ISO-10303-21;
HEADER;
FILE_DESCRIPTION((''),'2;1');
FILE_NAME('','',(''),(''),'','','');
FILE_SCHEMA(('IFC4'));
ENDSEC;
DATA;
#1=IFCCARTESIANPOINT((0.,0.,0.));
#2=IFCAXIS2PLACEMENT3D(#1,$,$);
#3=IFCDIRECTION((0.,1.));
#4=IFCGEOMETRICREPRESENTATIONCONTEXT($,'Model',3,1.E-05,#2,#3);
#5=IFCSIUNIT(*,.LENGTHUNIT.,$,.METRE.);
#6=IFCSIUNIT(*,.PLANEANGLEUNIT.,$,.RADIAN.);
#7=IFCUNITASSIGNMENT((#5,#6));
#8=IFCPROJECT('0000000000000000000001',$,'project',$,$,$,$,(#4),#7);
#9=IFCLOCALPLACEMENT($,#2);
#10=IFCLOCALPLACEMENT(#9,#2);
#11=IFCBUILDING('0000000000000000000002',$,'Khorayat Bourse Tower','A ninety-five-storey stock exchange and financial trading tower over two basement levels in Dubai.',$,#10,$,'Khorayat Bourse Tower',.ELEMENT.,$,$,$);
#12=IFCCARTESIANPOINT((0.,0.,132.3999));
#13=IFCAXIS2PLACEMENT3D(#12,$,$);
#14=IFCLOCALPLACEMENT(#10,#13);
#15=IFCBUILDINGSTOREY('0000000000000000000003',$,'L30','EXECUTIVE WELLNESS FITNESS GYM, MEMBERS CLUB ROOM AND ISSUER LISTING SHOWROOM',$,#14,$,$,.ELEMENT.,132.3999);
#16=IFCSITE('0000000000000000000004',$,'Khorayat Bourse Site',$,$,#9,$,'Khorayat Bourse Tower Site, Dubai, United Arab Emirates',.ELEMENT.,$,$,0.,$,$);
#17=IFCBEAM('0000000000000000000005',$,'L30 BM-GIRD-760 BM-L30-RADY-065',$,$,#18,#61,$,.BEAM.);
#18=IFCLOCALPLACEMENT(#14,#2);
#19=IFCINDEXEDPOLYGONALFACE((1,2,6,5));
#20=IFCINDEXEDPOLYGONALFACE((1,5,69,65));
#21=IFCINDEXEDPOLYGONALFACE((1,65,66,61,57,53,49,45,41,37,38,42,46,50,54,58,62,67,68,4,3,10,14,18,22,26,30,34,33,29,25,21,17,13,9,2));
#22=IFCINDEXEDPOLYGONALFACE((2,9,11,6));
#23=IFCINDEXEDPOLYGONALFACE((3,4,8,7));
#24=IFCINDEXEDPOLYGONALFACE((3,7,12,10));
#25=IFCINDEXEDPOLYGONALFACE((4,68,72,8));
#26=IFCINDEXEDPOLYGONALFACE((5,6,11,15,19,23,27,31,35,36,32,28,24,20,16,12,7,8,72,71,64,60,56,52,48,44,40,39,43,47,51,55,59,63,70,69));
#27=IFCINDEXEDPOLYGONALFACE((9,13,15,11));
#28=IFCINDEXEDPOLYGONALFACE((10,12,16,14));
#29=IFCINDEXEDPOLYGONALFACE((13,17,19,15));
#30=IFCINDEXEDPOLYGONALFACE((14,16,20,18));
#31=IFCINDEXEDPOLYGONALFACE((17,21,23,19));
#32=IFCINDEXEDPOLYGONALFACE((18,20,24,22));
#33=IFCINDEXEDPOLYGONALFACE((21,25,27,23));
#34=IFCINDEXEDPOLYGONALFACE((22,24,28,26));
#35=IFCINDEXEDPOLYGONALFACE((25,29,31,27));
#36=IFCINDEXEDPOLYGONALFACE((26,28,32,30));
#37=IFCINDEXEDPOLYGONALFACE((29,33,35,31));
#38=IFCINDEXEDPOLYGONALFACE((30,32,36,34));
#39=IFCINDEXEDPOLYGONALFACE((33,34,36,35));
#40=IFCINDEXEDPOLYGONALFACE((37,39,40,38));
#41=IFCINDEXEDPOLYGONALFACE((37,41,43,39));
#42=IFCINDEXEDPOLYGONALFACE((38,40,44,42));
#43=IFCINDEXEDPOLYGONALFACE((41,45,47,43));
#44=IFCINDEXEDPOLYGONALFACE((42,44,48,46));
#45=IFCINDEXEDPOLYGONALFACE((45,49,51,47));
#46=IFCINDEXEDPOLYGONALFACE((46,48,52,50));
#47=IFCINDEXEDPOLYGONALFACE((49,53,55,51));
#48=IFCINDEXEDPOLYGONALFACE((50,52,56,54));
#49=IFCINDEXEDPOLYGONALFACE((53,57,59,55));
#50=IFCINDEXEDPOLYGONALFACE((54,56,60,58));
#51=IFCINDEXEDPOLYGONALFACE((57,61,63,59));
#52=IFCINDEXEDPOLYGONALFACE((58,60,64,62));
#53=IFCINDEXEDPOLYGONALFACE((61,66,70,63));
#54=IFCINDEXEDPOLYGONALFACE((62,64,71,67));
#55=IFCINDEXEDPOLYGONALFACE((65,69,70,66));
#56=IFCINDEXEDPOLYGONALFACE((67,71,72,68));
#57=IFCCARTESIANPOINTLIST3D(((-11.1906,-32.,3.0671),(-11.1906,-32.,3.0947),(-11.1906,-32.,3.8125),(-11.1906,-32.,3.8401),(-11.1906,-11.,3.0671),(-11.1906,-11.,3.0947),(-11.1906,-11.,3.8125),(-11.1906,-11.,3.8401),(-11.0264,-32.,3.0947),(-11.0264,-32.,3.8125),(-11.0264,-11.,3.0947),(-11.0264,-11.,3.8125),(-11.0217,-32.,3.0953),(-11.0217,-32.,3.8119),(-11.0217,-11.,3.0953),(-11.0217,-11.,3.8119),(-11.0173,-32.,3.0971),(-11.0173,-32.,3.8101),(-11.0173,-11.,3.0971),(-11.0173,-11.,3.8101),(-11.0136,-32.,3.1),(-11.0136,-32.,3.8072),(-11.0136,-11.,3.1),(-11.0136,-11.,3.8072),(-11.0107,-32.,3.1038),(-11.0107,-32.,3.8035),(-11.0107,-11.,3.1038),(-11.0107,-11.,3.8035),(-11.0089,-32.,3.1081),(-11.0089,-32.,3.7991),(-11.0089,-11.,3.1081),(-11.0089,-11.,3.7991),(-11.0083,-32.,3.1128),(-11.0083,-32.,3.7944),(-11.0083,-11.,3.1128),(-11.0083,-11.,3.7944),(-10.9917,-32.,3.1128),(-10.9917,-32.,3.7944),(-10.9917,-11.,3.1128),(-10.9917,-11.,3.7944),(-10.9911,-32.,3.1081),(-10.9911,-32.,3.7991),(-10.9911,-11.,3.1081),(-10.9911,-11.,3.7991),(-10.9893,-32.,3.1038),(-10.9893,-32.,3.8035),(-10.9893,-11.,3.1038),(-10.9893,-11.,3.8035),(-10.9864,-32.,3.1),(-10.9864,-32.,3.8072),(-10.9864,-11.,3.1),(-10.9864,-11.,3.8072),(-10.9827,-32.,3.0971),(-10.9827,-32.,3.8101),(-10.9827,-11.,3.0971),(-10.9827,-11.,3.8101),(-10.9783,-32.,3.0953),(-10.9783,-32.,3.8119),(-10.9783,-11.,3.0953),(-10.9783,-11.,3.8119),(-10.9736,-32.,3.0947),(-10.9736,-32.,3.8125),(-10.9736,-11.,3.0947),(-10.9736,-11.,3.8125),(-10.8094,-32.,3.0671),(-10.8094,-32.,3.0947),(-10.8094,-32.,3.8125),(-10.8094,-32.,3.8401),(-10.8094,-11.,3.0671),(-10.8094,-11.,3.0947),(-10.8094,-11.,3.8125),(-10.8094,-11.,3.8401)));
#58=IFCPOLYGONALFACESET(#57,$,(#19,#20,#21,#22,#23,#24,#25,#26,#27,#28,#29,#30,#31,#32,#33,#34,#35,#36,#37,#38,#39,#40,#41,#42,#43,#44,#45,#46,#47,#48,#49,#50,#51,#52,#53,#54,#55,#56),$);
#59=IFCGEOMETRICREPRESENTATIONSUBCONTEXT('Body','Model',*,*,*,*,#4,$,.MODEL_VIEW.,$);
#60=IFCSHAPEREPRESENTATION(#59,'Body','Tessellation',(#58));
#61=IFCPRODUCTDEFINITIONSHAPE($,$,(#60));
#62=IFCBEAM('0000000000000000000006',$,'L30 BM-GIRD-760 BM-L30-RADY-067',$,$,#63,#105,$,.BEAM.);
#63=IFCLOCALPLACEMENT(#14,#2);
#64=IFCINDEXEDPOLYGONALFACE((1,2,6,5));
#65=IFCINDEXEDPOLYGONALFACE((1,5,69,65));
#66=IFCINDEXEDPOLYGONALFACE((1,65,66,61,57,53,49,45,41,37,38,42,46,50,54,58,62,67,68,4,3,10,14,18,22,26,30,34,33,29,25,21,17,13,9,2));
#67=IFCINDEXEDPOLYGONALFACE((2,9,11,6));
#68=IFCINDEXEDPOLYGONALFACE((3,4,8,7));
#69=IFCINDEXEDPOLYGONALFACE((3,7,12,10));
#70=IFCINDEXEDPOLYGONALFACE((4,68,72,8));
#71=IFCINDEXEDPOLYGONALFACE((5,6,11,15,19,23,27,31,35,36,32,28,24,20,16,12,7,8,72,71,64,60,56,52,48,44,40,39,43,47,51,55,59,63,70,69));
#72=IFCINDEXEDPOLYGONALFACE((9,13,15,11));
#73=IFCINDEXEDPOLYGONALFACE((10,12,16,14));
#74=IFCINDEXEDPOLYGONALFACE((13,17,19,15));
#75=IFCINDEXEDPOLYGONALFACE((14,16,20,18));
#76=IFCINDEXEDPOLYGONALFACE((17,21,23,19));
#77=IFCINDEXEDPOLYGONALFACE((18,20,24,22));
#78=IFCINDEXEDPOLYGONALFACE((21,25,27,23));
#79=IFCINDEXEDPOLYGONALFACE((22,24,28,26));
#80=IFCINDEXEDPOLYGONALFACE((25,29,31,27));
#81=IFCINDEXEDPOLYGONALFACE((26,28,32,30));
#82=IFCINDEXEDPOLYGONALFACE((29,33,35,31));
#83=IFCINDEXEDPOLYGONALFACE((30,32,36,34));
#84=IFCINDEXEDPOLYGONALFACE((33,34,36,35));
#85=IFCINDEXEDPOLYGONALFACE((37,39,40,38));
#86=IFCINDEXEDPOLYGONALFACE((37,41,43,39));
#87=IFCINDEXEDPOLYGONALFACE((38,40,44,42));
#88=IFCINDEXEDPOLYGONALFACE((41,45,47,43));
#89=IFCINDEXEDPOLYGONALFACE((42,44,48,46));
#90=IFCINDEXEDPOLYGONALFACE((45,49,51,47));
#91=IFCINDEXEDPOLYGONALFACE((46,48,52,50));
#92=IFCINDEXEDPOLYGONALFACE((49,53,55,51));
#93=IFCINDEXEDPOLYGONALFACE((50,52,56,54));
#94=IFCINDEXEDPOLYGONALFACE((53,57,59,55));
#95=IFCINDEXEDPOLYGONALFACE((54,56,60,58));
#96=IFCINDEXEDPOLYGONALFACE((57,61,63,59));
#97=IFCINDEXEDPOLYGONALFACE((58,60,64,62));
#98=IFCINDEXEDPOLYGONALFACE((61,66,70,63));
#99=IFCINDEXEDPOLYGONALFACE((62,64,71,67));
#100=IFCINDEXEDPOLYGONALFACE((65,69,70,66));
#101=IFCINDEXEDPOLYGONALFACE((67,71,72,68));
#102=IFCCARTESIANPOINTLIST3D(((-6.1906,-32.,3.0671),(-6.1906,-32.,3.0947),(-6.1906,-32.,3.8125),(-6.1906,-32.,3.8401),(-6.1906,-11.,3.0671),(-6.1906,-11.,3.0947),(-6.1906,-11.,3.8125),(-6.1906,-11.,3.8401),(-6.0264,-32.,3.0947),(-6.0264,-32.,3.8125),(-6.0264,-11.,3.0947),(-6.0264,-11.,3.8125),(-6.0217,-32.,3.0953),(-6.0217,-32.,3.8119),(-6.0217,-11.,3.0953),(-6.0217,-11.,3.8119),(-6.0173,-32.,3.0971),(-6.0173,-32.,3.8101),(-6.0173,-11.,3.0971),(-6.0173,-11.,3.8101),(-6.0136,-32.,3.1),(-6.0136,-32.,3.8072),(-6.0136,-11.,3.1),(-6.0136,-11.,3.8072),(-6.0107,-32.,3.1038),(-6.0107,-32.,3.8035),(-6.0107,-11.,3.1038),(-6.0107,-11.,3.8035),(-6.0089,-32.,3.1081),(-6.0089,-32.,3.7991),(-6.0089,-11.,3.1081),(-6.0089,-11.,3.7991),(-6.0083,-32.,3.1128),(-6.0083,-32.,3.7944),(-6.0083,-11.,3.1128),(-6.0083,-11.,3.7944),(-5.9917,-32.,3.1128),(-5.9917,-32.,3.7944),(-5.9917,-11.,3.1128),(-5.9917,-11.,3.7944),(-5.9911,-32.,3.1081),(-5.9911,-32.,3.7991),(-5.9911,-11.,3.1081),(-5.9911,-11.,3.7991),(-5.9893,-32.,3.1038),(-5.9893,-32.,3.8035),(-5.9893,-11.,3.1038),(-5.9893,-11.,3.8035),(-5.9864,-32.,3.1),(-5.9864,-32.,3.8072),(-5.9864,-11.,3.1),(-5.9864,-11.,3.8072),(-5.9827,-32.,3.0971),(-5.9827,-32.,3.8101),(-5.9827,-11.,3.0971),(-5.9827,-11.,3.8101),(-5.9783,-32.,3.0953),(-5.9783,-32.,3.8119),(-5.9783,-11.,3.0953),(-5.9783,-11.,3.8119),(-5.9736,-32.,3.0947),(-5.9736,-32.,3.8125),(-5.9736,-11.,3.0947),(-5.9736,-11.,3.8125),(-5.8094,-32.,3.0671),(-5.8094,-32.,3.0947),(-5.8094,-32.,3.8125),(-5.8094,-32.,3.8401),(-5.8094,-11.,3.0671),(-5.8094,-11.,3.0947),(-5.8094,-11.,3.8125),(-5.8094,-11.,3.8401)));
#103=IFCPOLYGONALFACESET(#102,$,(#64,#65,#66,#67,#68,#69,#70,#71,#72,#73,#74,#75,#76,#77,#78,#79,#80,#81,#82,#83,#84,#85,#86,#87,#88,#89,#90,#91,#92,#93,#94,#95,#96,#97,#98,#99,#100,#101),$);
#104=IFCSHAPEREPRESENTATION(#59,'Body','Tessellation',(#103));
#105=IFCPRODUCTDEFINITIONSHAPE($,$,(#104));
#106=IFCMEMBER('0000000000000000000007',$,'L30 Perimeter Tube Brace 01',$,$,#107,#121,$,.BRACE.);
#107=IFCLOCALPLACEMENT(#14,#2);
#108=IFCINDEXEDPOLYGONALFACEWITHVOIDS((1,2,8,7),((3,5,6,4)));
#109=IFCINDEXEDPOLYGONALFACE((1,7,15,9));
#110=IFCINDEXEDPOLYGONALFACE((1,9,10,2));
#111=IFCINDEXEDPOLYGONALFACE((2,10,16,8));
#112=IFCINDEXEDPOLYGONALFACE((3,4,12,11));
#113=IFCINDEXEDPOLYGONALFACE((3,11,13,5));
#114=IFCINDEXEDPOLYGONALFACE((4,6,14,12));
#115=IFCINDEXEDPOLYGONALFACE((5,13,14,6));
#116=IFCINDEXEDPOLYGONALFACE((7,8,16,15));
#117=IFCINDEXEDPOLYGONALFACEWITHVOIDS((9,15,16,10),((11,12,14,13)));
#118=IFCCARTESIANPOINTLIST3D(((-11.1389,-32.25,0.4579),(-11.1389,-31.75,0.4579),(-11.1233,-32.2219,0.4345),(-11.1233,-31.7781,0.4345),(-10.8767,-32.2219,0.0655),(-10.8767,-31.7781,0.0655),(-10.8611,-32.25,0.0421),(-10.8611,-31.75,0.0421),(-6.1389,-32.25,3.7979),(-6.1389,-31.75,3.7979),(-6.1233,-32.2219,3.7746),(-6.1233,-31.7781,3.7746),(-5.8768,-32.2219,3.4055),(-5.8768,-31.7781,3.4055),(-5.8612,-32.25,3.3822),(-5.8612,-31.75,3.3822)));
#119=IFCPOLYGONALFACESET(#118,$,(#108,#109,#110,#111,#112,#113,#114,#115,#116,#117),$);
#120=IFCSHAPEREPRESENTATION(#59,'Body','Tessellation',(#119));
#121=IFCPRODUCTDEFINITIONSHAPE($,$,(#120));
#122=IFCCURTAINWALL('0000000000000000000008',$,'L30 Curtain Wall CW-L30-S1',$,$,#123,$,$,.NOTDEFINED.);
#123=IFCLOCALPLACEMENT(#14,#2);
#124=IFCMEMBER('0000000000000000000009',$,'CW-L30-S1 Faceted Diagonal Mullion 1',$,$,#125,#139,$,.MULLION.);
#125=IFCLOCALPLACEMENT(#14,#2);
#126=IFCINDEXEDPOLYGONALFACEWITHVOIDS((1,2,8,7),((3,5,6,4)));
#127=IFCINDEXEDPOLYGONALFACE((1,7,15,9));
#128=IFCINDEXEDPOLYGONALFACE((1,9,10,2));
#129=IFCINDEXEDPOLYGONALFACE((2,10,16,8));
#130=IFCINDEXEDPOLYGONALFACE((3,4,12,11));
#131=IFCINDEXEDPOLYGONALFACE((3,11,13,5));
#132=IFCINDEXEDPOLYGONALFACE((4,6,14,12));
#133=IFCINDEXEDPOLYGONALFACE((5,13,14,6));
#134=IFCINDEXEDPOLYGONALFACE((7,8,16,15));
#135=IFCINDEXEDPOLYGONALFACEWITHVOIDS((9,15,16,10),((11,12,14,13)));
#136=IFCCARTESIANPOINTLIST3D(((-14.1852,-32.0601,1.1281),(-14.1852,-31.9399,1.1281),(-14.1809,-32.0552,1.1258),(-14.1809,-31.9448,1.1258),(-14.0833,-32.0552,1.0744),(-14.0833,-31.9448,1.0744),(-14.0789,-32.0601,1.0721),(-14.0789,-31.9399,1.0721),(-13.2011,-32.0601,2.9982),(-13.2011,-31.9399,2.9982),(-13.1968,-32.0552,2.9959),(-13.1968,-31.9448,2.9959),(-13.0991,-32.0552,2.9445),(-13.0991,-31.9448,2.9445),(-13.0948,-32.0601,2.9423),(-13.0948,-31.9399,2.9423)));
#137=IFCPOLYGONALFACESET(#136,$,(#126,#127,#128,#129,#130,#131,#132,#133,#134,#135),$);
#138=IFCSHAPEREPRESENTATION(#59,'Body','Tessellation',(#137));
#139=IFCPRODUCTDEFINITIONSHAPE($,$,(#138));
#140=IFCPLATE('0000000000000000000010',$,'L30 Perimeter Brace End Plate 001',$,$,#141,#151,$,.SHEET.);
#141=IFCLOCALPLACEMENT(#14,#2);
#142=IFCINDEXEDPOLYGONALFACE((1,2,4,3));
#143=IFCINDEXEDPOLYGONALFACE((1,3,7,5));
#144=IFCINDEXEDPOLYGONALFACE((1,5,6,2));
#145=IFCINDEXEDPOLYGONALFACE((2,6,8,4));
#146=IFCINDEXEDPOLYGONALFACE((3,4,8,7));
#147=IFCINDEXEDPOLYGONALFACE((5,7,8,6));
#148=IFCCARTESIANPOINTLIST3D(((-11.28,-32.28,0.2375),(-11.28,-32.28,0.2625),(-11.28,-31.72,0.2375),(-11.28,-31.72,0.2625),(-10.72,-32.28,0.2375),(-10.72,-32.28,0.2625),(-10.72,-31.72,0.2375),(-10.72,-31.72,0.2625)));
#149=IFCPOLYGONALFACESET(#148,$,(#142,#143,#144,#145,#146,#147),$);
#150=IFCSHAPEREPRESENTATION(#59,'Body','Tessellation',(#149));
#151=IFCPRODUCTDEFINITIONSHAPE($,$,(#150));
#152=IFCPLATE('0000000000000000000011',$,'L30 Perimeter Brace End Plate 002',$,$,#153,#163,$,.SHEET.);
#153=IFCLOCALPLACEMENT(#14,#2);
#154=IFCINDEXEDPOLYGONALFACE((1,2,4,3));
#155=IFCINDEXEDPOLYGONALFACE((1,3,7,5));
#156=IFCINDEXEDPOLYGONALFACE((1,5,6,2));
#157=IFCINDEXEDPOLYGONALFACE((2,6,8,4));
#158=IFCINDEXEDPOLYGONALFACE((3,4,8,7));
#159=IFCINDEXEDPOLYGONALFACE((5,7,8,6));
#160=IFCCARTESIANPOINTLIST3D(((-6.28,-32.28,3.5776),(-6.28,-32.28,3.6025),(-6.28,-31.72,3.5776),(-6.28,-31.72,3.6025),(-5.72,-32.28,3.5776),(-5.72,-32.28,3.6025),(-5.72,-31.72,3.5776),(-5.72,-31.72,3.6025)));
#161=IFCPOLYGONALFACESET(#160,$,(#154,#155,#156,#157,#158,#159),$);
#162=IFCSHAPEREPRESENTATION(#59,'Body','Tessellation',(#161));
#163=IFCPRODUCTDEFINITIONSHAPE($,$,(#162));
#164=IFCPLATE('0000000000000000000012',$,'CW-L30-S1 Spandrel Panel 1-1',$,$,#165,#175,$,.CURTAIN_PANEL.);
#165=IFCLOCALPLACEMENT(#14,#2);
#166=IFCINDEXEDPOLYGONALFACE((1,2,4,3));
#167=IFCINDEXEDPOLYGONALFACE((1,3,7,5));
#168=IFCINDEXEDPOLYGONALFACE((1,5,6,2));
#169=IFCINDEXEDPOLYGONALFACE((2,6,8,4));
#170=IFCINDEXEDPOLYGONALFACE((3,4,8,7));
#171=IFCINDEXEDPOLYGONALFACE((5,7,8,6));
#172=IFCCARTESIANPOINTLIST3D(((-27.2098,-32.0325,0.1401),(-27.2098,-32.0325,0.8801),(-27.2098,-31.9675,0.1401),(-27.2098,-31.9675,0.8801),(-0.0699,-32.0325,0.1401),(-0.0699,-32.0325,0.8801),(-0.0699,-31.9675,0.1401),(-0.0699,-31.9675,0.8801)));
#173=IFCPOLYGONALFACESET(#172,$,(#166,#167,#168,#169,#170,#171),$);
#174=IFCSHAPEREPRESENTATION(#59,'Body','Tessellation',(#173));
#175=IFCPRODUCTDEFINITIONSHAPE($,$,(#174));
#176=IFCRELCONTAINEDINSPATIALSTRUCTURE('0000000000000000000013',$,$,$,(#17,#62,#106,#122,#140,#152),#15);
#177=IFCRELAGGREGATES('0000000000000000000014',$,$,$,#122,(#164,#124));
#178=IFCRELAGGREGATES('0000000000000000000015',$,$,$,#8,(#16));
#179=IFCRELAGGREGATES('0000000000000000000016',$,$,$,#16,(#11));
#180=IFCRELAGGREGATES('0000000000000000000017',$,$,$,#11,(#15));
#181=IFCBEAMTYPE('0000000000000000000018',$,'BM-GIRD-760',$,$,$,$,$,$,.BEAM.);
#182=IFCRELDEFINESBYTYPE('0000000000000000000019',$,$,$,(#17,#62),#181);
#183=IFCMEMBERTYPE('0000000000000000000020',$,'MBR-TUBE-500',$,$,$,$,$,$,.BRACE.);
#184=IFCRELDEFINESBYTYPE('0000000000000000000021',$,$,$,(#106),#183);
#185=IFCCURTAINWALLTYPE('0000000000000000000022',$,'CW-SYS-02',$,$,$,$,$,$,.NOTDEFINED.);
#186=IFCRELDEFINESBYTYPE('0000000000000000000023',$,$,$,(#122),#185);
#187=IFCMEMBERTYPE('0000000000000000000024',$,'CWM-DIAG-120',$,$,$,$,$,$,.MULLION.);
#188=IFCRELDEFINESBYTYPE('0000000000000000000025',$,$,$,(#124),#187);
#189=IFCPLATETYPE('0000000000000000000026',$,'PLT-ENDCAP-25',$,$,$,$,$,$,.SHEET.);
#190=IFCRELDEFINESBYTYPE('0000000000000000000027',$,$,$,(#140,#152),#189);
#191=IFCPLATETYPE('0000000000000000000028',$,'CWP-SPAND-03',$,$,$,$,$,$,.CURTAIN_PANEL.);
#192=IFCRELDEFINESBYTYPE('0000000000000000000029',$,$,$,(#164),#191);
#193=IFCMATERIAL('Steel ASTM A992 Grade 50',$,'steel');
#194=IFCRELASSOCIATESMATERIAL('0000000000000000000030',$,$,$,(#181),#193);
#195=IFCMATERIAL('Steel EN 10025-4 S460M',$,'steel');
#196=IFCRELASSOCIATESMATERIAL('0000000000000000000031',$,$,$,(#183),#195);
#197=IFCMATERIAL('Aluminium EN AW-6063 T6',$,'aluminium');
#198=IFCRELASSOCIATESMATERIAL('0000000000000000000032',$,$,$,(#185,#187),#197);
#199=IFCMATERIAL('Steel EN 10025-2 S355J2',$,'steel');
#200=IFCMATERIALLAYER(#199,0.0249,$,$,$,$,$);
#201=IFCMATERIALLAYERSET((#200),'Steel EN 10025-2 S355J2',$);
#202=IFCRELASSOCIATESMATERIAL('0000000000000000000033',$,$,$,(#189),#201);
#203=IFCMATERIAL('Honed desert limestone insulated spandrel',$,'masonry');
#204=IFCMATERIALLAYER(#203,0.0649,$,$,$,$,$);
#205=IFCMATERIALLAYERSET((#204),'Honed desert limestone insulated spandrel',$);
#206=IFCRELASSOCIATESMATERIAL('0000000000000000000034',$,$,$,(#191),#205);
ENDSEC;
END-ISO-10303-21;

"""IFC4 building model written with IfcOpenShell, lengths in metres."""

from ifc_helpers import new_model, si_unit, direction, frame, origin, origin_2d, place, context, subcontext, project, spatial, rectangle, hollow_rectangle, i_section, extrude, source, transform, mapped, material, layer, layer_set, material_profile, profile_set, type_object, element, aggregate, save


model = new_model("IFC4")

# Units and contexts
model_context = context("Model", 3, precision=1e-05, world=origin(), true_north=direction((0.0, 1.0)))
body_context = subcontext(model_context, "Body", "Model", "MODEL_VIEW")
ifc_project = project(units=[si_unit("LENGTHUNIT", "METRE"), si_unit("PLANEANGLEUNIT", "RADIAN")], contexts=[model_context])

# Site, building, storey
site_placement = place(None, origin())
site = spatial("IfcSite", under=ifc_project, at=site_placement, Name="Khorayat Bourse Site", LongName="Khorayat Bourse Tower Site, Dubai, United Arab Emirates", CompositionType="ELEMENT", RefElevation=0.0)
building_placement = place(site_placement, origin())
building = spatial("IfcBuilding", under=site, at=building_placement, Name="Khorayat Bourse Tower", Description="A ninety-five-storey stock exchange and financial trading tower over two basement levels in Dubai.", LongName="Khorayat Bourse Tower", CompositionType="ELEMENT")
storey_placement = place(building_placement, frame((0.0, 0.0, 132.3999)))
storey = spatial("IfcBuildingStorey", under=building, at=storey_placement, Name="L30", Description="EXECUTIVE WELLNESS FITNESS GYM, MEMBERS CLUB ROOM AND ISSUER LISTING SHOWROOM", CompositionType="ELEMENT", Elevation=132.3999)

# Shared definitions
ifc_material_1 = material(Name="Steel EN 10025-4 S460M", Category="steel")

# Beams
ifc_material_2 = material(Name="Steel ASTM A992 Grade 50", Category="steel")
ifc_material_profile_1 = material_profile(ifc_material_2, i_section(OverallWidth=0.3811, OverallDepth=0.7729, WebThickness=0.0166, FlangeThickness=0.0276, FilletRadius=0.0181, at=origin_2d()), Name="W760X257")
ifc_profile_set_1 = profile_set([ifc_material_profile_1], Name="Steel ASTM A992 Grade 50")
beam_type_1 = type_object("IfcBeamType", Name="BM-GIRD-760", PredefinedType="BEAM", material=ifc_profile_set_1)
shared_shape_1 = source(origin(), body_context, "Body", "SweptSolid", [
    extrude(i_section(OverallWidth=0.3811, OverallDepth=0.7729, WebThickness=0.0166, FlangeThickness=0.0276, FilletRadius=0.0181, at=origin_2d()), origin(), (0.0, 0.0, 1.0), 21.0),
])
for number, where, z_axis, x_axis, name in (
    (1, (-11.0, -32.0, 3.4536), (0.0, 1.0, 0.0), (-1.0, 0.0, 0.0), "L30 BM-GIRD-760 BM-L30-RADY-065"),
    (2, (-6.0, -32.0, 3.4536), (0.0, 1.0, 0.0), (-1.0, 0.0, 0.0), "L30 BM-GIRD-760 BM-L30-RADY-067"),
):
    element("IfcBeam", number, at=place(storey_placement, frame(where, z_axis=z_axis, x_axis=x_axis)), inside=storey, type_object=beam_type_1, Name=name, PredefinedType="BEAM", context=body_context, shape_type="MappedRepresentation", body=[
        mapped(shared_shape_1, transform((0.0, 0.0, 0.0), scale=1.0)),
    ])

# Member
ifc_material_profile_2 = material_profile(ifc_material_1, hollow_rectangle(XDim=0.5, YDim=0.5, WallThickness=0.0281, at=origin_2d()), Name="HSS 500x500x28")
ifc_profile_set_2 = profile_set([ifc_material_profile_2], Name="Steel EN 10025-4 S460M")
member_type_1 = type_object("IfcMemberType", Name="MBR-TUBE-500", PredefinedType="BRACE", material=ifc_profile_set_2)
shared_shape_2 = source(origin(), body_context, "Body", "SweptSolid", [
    extrude(hollow_rectangle(XDim=0.5, YDim=0.5, WallThickness=0.0281, at=origin_2d()), origin(), (0.0, 0.0, 1.0), 6.0129),
])
member_1_placement = place(storey_placement, frame((-11.0, -32.0, 0.25), z_axis=(0.831531, 0.0, 0.555478), x_axis=(0.0, 1.0, 0.0)))
element("IfcMember", 3, at=member_1_placement, inside=storey, type_object=member_type_1, Name="L30 Perimeter Tube Brace 01", PredefinedType="BRACE", context=body_context, shape_type="MappedRepresentation", body=[
    mapped(shared_shape_2, transform((0.0, 0.0, 0.0), scale=1.0)),
])

# Curtain wall, member
ifc_material_3 = material(Name="Aluminium EN AW-6063 T6", Category="aluminium")
curtain_wall_type = type_object("IfcCurtainWallType", Name="CW-SYS-02", PredefinedType="NOTDEFINED", material=ifc_material_3)
curtain_wall_placement = place(storey_placement, origin())
curtain_wall = element("IfcCurtainWall", 4, at=curtain_wall_placement, inside=storey, type_object=curtain_wall_type, Name="L30 Curtain Wall CW-L30-S1", PredefinedType="NOTDEFINED")
ifc_material_profile_3 = material_profile(ifc_material_3, hollow_rectangle(XDim=0.1201, YDim=0.1201, WallThickness=0.0049, at=origin_2d()), Name="ALU 120x120x5")
ifc_profile_set_3 = profile_set([ifc_material_profile_3], Name="Aluminium EN AW-6063 T6")
member_type_2 = type_object("IfcMemberType", Name="CWM-DIAG-120", PredefinedType="MULLION", material=ifc_profile_set_3)
shared_shape_3 = source(origin(), body_context, "Body", "SweptSolid", [
    extrude(hollow_rectangle(XDim=0.1201, YDim=0.1201, WallThickness=0.0049, at=origin_2d()), origin(), (0.0, 0.0, 1.0), 2.1133),
])
member_2_placement = place(storey_placement, frame((-14.1321, -32.0, 1.1001), z_axis=(0.465694, 0.0, 0.884946), x_axis=(0.0, 1.0, 0.0)))
member_2 = element("IfcMember", 5, at=member_2_placement, type_object=member_type_2, Name="CW-L30-S1 Faceted Diagonal Mullion 1", PredefinedType="MULLION", context=body_context, shape_type="MappedRepresentation", body=[
    mapped(shared_shape_3, transform((0.0, 0.0, 0.0), scale=1.0)),
])

# Plates
ifc_material_4 = material(Name="Steel EN 10025-2 S355J2", Category="steel")
ifc_layer_1 = layer(ifc_material_4, 0.0249)
ifc_layer_set_1 = layer_set([ifc_layer_1], Name="Steel EN 10025-2 S355J2")
plate_type_1 = type_object("IfcPlateType", Name="PLT-ENDCAP-25", PredefinedType="SHEET", material=ifc_layer_set_1)
shared_shape_4 = source(origin(), body_context, "Body", "SweptSolid", [
    extrude(rectangle(XDim=0.5601, YDim=0.5601, at=origin_2d()), origin(), (0.0, 0.0, 1.0), 0.0249),
])
for number, where, z_axis, x_axis, name in (
    (6, (-11.0, -32.0, 0.2375), (0.0, 0.0, 1.0), (1.0, 0.0, 0.0), "L30 Perimeter Brace End Plate 001"),
    (7, (-6.0, -32.0, 3.5776), (0.0, 0.0, 1.0), (1.0, 0.0, 0.0), "L30 Perimeter Brace End Plate 002"),
):
    element("IfcPlate", number, at=place(storey_placement, frame(where, z_axis=z_axis, x_axis=x_axis)), inside=storey, type_object=plate_type_1, Name=name, PredefinedType="SHEET", context=body_context, shape_type="MappedRepresentation", body=[
        mapped(shared_shape_4, transform((0.0, 0.0, 0.0), scale=1.0)),
    ])

# Plate
ifc_material_5 = material(Name="Honed desert limestone insulated spandrel", Category="masonry")
ifc_layer_2 = layer(ifc_material_5, 0.0649)
ifc_layer_set_2 = layer_set([ifc_layer_2], Name="Honed desert limestone insulated spandrel")
plate_type_2 = type_object("IfcPlateType", Name="CWP-SPAND-03", PredefinedType="CURTAIN_PANEL", material=ifc_layer_set_2)
shared_shape_5 = source(origin(), body_context, "Body", "SweptSolid", [
    extrude(rectangle(XDim=27.1399, YDim=0.0649, at=origin_2d()), origin(), (0.0, 0.0, 1.0), 0.74),
])
plate_1_placement = place(storey_placement, frame((-13.6399, -32.0, 0.1401), z_axis=(0.0, 0.0, 1.0), x_axis=(1.0, 0.0, 0.0)))
plate_1 = element("IfcPlate", 8, at=plate_1_placement, type_object=plate_type_2, Name="CW-L30-S1 Spandrel Panel 1-1", PredefinedType="CURTAIN_PANEL", context=body_context, shape_type="MappedRepresentation", body=[
    mapped(shared_shape_5, transform((0.0, 0.0, 0.0), scale=1.0)),
])
aggregate(curtain_wall, [plate_1, member_2])

save(model, "model.ifc")
